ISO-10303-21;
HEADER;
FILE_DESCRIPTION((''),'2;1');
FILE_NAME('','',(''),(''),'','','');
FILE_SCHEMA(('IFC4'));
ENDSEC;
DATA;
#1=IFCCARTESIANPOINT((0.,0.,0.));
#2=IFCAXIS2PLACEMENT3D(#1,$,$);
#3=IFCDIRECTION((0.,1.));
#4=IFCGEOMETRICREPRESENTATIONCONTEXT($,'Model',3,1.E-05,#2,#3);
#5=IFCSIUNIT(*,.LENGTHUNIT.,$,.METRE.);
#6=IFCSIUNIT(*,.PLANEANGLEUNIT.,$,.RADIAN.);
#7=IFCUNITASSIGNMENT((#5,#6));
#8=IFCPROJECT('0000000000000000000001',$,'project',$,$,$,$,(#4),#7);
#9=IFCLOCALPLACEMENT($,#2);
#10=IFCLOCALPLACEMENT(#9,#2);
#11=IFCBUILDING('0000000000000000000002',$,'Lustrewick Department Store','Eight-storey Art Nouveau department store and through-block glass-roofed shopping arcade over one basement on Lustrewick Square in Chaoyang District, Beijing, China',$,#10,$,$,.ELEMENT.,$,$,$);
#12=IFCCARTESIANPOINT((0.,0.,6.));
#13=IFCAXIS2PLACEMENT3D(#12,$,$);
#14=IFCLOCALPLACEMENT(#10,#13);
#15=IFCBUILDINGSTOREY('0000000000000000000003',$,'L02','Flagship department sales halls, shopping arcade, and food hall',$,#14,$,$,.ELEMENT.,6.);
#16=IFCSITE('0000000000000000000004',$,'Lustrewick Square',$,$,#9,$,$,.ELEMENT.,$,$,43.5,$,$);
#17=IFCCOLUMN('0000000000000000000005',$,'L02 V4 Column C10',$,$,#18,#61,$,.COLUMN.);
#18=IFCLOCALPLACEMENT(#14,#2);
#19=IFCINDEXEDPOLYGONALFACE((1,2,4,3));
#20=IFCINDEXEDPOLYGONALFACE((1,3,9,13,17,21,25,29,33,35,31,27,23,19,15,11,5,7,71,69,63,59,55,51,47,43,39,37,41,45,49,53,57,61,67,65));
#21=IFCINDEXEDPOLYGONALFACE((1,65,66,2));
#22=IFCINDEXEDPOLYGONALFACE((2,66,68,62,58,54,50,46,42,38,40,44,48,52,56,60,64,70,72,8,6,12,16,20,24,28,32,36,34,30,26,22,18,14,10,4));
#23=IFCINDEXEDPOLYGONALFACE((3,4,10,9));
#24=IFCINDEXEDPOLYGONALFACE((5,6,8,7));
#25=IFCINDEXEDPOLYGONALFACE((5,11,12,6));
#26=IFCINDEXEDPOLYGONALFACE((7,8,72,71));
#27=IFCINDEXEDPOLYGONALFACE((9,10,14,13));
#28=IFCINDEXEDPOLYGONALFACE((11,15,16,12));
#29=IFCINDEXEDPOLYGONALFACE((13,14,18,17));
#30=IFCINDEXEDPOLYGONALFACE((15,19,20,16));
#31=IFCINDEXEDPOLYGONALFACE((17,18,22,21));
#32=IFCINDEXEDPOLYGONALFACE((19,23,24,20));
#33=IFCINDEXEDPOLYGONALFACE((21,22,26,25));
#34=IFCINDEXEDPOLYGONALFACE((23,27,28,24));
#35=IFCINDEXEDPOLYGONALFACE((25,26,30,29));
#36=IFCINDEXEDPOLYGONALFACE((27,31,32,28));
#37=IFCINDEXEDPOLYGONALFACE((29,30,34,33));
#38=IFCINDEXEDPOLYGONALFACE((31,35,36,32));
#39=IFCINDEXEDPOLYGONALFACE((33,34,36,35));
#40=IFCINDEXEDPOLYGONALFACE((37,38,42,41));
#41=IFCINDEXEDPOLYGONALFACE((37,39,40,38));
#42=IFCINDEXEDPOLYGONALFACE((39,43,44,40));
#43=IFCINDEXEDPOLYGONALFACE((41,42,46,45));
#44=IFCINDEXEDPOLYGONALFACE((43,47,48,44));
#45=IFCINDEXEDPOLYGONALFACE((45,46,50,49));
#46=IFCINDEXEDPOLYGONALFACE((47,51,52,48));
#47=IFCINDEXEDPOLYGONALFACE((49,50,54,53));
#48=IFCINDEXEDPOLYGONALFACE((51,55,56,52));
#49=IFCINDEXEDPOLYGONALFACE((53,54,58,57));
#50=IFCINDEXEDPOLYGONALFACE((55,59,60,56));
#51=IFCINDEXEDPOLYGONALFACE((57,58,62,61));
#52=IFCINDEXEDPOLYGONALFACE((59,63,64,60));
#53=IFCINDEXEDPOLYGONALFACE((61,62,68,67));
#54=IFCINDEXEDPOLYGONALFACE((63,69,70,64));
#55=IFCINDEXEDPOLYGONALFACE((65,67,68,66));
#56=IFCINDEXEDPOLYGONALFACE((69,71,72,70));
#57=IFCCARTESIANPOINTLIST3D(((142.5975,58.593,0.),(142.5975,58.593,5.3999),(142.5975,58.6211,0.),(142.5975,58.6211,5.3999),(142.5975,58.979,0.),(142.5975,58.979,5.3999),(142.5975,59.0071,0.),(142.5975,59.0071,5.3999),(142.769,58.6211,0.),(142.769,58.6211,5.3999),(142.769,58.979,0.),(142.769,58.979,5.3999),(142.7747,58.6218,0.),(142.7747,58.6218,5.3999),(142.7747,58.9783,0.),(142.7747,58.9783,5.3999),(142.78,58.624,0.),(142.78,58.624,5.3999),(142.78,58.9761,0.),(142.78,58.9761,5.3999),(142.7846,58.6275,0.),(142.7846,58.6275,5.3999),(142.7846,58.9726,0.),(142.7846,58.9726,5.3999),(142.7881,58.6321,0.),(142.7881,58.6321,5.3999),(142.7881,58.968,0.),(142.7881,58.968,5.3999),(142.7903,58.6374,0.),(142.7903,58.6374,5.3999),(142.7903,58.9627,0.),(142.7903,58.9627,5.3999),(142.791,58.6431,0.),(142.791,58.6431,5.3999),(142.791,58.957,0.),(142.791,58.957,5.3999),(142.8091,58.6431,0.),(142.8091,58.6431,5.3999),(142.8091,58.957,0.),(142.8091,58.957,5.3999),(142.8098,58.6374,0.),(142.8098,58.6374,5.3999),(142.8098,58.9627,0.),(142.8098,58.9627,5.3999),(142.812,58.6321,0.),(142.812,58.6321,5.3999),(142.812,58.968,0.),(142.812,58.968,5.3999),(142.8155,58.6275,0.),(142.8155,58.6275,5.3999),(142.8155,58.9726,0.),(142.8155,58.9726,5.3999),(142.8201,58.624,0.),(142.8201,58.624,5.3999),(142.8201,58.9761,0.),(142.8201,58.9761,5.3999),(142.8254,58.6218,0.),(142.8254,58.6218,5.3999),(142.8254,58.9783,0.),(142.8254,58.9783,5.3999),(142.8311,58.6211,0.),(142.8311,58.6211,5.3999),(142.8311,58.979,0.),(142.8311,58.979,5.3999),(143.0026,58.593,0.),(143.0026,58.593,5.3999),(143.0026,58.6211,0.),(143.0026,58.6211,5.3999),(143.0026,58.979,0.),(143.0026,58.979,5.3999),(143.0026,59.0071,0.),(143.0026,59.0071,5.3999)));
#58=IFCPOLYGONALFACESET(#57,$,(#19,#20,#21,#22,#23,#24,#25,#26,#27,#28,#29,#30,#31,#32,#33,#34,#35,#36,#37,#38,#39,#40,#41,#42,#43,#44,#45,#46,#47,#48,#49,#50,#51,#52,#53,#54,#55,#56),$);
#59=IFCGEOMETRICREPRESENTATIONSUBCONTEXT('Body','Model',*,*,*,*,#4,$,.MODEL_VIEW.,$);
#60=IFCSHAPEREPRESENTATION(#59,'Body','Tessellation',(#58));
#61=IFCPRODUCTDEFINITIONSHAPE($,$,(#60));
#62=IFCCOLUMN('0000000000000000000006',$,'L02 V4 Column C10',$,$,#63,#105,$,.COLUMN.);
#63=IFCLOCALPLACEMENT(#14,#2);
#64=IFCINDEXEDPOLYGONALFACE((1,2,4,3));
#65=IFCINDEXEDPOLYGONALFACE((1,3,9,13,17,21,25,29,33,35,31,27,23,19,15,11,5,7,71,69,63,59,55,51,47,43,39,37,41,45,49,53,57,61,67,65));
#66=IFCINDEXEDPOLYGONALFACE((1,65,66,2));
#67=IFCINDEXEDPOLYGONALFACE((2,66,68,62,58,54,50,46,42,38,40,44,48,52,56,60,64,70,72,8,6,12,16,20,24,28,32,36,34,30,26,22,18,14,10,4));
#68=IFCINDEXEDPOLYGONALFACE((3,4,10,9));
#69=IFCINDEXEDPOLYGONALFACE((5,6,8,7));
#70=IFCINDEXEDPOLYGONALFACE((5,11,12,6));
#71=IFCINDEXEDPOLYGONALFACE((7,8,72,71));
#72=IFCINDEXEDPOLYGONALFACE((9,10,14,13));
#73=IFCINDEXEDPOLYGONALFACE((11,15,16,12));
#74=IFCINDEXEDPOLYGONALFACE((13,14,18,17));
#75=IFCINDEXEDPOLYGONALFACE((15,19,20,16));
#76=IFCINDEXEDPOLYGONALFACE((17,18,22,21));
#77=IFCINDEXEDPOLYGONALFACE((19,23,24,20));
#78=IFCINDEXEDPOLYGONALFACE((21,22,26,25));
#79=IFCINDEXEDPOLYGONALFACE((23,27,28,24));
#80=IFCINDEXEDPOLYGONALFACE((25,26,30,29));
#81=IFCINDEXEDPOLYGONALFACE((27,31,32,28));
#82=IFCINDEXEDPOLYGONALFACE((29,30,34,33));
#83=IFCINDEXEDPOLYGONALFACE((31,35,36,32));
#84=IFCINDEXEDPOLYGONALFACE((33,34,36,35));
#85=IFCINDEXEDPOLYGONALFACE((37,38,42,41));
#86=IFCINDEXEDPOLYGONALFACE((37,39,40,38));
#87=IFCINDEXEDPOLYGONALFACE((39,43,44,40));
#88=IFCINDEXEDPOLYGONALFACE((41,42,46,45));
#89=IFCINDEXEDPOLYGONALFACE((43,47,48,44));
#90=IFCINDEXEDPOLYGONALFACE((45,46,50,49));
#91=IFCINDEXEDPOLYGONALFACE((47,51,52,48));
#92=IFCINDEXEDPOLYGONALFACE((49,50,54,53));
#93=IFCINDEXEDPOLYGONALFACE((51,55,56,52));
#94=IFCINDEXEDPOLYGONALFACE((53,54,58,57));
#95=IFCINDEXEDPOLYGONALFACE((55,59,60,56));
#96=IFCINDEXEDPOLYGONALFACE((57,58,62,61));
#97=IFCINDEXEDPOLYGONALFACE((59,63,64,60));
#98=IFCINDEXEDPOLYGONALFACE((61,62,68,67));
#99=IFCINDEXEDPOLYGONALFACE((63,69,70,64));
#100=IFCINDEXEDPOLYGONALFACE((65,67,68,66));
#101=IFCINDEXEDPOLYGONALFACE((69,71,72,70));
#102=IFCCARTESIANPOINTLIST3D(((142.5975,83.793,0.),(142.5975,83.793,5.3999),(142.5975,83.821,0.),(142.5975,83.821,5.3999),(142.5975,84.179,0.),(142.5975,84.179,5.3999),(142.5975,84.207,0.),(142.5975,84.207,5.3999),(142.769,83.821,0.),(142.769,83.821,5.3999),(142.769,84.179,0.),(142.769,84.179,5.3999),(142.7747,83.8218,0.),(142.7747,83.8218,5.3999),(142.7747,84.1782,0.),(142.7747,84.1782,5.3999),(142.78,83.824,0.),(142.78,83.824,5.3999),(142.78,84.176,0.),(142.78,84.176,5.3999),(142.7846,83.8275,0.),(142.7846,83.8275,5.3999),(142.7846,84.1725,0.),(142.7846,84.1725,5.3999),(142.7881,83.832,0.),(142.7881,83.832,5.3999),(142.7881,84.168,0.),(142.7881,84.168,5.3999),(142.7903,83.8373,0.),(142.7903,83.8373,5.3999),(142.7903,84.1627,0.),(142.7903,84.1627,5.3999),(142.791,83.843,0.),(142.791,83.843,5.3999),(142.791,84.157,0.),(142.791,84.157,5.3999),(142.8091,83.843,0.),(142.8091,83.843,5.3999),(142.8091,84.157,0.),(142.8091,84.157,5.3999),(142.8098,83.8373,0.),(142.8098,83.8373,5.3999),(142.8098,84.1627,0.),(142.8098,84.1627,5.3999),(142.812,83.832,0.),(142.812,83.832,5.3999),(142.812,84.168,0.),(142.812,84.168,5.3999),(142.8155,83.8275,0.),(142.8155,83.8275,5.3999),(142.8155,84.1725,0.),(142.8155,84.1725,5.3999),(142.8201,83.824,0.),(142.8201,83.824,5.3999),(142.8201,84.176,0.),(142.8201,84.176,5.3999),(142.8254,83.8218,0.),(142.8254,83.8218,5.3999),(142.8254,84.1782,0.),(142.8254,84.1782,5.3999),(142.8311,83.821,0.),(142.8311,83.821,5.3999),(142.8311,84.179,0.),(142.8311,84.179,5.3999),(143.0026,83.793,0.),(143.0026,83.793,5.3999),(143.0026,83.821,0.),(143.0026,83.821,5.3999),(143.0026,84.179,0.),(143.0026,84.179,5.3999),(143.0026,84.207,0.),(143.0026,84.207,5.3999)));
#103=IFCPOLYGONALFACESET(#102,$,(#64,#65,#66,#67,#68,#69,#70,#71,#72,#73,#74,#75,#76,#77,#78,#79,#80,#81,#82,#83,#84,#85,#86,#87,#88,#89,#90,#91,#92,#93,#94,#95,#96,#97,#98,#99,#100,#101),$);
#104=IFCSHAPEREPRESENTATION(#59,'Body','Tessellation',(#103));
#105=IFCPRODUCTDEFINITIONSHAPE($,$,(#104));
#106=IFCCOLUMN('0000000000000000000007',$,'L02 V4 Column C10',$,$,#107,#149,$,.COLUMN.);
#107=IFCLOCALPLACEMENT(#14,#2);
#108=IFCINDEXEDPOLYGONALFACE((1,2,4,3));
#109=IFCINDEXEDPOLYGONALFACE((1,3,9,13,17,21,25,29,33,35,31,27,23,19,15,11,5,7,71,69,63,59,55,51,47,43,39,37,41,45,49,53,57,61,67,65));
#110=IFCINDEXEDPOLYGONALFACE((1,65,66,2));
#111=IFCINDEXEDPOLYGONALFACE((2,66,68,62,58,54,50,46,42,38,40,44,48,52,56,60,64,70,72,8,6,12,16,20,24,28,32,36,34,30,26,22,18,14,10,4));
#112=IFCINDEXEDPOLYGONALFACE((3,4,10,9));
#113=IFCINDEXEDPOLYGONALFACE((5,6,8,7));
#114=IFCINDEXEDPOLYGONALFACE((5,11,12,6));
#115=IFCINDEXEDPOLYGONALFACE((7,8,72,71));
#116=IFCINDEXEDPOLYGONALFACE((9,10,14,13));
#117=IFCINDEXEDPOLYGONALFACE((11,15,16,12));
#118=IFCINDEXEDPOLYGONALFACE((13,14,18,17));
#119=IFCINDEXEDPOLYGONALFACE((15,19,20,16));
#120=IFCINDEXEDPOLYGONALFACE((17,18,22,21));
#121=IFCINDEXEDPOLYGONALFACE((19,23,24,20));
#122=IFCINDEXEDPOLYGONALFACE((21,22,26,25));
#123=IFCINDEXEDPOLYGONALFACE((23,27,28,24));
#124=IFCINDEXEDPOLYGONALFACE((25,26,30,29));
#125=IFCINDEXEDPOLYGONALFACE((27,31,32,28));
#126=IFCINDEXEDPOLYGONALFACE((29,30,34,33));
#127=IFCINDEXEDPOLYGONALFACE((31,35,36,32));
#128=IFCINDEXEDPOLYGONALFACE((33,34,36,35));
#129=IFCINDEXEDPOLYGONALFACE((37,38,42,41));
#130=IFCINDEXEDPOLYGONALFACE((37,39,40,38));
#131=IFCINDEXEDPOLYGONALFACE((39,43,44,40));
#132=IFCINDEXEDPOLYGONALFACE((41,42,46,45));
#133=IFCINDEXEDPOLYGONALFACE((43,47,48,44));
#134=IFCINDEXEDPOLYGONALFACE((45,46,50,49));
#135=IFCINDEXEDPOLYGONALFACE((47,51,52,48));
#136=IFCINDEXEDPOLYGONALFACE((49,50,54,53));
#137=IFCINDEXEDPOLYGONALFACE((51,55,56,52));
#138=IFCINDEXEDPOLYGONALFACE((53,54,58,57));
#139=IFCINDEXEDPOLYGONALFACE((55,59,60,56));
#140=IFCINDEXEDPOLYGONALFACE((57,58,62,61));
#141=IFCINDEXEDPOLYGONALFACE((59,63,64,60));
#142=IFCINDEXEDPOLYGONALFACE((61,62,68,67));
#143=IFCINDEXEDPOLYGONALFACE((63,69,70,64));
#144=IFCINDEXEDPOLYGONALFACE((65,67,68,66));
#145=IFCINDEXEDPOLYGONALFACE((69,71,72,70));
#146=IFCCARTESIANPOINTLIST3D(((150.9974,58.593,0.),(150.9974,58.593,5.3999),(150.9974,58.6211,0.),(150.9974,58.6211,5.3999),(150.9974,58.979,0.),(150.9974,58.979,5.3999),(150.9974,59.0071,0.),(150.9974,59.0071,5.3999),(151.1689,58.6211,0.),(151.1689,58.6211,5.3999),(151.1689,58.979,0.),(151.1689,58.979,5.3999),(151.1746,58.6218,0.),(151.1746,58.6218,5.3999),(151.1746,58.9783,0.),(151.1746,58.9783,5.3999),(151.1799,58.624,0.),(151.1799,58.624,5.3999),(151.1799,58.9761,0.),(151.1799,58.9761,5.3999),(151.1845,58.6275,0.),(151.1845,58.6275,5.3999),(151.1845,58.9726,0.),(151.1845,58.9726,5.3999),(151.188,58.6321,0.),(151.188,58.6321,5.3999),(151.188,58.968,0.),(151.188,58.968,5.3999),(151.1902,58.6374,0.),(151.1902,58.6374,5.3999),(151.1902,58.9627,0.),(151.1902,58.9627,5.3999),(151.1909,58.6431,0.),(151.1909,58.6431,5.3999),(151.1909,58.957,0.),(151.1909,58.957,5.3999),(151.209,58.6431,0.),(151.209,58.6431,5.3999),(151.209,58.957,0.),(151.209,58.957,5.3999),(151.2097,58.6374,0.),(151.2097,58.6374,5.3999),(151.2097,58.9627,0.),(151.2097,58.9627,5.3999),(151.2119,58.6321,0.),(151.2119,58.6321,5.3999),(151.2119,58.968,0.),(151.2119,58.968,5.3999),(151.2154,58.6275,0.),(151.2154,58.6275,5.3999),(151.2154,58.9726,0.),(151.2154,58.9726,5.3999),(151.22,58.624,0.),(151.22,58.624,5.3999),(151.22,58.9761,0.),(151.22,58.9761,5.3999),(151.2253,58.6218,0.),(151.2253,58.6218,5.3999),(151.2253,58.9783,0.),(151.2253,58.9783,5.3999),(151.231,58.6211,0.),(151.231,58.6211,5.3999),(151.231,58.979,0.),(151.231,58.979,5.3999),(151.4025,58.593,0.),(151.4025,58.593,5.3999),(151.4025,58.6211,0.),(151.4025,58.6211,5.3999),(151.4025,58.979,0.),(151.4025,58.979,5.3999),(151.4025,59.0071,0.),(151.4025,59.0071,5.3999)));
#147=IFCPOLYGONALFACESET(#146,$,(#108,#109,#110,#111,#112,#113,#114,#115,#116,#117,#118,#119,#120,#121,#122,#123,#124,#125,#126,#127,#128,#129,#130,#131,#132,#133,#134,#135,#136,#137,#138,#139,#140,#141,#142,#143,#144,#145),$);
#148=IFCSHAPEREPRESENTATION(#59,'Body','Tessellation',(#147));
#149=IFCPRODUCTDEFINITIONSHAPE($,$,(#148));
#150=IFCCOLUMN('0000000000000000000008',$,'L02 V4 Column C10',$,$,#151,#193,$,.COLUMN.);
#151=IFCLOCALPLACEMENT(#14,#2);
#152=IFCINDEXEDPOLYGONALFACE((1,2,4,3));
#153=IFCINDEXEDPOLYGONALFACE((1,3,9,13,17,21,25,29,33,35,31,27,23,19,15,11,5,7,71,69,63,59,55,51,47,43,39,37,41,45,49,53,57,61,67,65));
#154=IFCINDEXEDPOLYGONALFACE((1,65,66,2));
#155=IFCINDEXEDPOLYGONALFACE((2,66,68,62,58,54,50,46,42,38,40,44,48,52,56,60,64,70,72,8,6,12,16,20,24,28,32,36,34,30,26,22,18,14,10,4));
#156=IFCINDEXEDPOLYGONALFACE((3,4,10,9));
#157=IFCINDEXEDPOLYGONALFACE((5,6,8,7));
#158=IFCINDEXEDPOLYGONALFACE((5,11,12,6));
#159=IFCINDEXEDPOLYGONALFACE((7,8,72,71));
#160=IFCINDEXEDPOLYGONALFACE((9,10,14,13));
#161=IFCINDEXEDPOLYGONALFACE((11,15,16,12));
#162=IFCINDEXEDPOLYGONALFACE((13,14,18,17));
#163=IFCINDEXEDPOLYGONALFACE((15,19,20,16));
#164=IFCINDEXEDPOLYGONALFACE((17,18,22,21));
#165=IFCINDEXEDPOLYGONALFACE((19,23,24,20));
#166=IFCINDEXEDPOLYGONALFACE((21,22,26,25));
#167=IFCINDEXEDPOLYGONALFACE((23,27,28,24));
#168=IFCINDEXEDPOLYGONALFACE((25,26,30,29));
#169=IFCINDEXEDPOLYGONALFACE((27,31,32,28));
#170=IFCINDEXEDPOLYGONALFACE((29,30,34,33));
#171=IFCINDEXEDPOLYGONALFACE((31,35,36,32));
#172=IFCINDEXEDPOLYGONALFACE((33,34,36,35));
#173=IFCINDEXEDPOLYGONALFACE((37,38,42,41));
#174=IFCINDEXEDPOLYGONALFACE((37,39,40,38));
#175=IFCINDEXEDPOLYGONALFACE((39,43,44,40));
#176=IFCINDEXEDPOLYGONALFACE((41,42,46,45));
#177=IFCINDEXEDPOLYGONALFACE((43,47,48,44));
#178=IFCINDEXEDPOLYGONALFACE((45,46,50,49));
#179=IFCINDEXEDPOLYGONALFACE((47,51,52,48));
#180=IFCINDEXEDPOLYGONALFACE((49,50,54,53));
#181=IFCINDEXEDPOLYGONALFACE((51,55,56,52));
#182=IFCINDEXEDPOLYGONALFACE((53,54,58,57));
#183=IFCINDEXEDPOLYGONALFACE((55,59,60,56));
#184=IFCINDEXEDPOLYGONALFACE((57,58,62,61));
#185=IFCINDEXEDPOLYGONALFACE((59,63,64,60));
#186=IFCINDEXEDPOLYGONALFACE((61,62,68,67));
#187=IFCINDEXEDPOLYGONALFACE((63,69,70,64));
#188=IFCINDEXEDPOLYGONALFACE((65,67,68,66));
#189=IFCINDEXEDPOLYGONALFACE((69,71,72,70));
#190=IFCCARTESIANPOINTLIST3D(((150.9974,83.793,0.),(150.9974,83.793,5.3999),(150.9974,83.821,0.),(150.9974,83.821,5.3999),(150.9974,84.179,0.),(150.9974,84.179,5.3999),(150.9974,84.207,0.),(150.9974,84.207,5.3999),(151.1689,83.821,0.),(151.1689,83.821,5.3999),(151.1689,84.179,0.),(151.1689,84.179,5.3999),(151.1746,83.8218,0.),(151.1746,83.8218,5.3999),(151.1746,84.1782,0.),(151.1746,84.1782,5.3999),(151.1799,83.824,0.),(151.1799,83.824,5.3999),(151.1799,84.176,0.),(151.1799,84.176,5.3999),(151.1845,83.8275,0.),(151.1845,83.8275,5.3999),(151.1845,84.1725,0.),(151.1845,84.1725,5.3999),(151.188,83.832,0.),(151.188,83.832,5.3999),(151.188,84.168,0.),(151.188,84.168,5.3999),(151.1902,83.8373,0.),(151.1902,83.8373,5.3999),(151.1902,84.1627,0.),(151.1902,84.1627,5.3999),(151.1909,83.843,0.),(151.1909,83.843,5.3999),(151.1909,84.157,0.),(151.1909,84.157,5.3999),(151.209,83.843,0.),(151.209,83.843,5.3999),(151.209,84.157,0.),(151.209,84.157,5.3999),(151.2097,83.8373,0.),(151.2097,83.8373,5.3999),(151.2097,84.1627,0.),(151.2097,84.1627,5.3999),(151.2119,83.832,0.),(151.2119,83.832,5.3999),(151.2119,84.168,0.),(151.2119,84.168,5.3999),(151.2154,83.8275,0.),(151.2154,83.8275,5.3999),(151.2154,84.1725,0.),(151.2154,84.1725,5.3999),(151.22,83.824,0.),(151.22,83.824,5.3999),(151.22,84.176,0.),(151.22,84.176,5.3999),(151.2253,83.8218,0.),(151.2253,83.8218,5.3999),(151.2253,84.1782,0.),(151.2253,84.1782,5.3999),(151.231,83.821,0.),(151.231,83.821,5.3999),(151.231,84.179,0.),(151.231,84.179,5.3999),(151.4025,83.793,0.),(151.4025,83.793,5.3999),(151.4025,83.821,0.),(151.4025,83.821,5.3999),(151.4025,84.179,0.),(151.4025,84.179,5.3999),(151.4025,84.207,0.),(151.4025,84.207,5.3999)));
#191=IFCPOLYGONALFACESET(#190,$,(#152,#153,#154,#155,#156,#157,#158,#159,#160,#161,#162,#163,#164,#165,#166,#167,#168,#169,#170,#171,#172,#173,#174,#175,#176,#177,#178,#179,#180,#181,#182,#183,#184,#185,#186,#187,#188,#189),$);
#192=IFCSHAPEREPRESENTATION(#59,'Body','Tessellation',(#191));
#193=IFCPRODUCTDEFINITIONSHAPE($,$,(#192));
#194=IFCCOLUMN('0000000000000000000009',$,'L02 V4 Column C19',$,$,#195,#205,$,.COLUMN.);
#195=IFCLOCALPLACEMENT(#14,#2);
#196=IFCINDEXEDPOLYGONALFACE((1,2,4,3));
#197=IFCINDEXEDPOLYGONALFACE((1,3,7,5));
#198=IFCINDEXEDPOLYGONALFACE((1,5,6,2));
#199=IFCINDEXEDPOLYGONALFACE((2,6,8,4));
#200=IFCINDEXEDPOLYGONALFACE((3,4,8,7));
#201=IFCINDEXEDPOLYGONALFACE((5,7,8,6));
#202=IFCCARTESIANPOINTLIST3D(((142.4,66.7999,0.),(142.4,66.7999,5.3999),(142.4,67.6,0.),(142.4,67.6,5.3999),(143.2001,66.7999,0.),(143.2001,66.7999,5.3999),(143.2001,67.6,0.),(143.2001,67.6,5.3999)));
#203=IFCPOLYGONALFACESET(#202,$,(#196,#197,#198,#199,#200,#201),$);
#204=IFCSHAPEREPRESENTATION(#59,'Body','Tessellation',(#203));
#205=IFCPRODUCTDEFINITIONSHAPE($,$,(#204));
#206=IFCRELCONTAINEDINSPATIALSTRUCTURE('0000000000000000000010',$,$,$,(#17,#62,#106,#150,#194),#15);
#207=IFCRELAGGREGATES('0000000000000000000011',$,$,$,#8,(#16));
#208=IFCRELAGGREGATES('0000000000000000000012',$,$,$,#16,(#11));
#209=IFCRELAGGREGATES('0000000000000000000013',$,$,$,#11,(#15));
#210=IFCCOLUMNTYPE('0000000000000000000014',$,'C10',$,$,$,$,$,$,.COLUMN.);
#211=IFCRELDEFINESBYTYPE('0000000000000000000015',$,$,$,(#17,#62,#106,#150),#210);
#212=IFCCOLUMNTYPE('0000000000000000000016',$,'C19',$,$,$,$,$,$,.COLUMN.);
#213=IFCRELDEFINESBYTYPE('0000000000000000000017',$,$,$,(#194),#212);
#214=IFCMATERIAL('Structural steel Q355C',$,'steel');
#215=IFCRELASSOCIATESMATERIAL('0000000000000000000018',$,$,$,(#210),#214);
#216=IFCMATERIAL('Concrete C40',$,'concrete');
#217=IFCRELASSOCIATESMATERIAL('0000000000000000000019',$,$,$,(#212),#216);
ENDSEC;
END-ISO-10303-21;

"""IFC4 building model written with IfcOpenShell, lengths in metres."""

from ifc_helpers import new_model, si_unit, direction, frame, origin, origin_2d, place, context, subcontext, project, spatial, rectangle, i_section, extrude, material, material_profile, profile_set, type_object, element, save


model = new_model("IFC4")

# Units and contexts
model_context = context("Model", 3, precision=1e-05, world=origin(), true_north=direction((0.0, 1.0)))
body_context = subcontext(model_context, "Body", "Model", "MODEL_VIEW")
ifc_project = project(units=[si_unit("LENGTHUNIT", "METRE"), si_unit("PLANEANGLEUNIT", "RADIAN")], contexts=[model_context])

# Site, building, storey
site_placement = place(None, origin())
site = spatial("IfcSite", under=ifc_project, at=site_placement, Name="Lustrewick Square", CompositionType="ELEMENT", RefElevation=43.5)
building_placement = place(site_placement, origin())
building = spatial("IfcBuilding", under=site, at=building_placement, Name="Lustrewick Department Store", Description="Eight-storey Art Nouveau department store and through-block glass-roofed shopping arcade over one basement on Lustrewick Square in Chaoyang District, Beijing, China", CompositionType="ELEMENT")
storey_placement = place(building_placement, frame((0.0, 0.0, 6.0)))
storey = spatial("IfcBuildingStorey", under=building, at=storey_placement, Name="L02", Description="Flagship department sales halls, shopping arcade, and food hall", CompositionType="ELEMENT", Elevation=6.0)

# Columns
ifc_material_1 = material(Name="Structural steel Q355C", Category="steel")
ifc_material_profile_1 = material_profile(ifc_material_1, i_section(OverallWidth=0.405, OverallDepth=0.4141, WebThickness=0.0181, FlangeThickness=0.0281, FilletRadius=0.022, at=origin_2d()), Name="HW 414x405x18x28")
ifc_profile_set_1 = profile_set([ifc_material_profile_1], Name="Structural steel Q355C")
column_type_1 = type_object("IfcColumnType", Name="C10", PredefinedType="COLUMN", material=ifc_profile_set_1)
for number, where, z_axis, x_axis, name in (
    (1, (142.8, 58.8, 0.0), (0.0, 0.0, 1.0), (1.0, 0.0, 0.0), "L02 V4 Column C10"),
    (2, (142.8, 84.0, 0.0), (0.0, 0.0, 1.0), (1.0, 0.0, 0.0), "L02 V4 Column C10"),
    (3, (151.2, 58.8, 0.0), (0.0, 0.0, 1.0), (1.0, 0.0, 0.0), "L02 V4 Column C10"),
    (4, (151.2, 84.0, 0.0), (0.0, 0.0, 1.0), (1.0, 0.0, 0.0), "L02 V4 Column C10"),
):
    element("IfcColumn", number, at=place(storey_placement, frame(where, z_axis=z_axis, x_axis=x_axis)), inside=storey, type_object=column_type_1, Name=name, PredefinedType="COLUMN", context=body_context, shape_type="SweptSolid", body=[
        extrude(i_section(OverallWidth=0.405, OverallDepth=0.4141, WebThickness=0.0181, FlangeThickness=0.0281, FilletRadius=0.022, at=origin_2d()), origin(), (0.0, 0.0, 1.0), 5.3999),
    ])
ifc_material_2 = material(Name="Concrete C40", Category="concrete")
ifc_material_profile_2 = material_profile(ifc_material_2, rectangle(XDim=0.8, YDim=0.8, at=origin_2d()), Name="RC 800x800")
ifc_profile_set_2 = profile_set([ifc_material_profile_2], Name="Concrete C40")
column_type_2 = type_object("IfcColumnType", Name="C19", PredefinedType="COLUMN", material=ifc_profile_set_2)
for number, where, z_axis, x_axis, name in (
    (5, (142.8, 67.2, 0.0), (0.0, 0.0, 1.0), (1.0, 0.0, 0.0), "L02 V4 Column C19"),
):
    element("IfcColumn", number, at=place(storey_placement, frame(where, z_axis=z_axis, x_axis=x_axis)), inside=storey, type_object=column_type_2, Name=name, PredefinedType="COLUMN", context=body_context, shape_type="SweptSolid", body=[
        extrude(rectangle(XDim=0.8, YDim=0.8, at=origin_2d()), origin(), (0.0, 0.0, 1.0), 5.3999),
    ])

save(model, "model.ifc")
